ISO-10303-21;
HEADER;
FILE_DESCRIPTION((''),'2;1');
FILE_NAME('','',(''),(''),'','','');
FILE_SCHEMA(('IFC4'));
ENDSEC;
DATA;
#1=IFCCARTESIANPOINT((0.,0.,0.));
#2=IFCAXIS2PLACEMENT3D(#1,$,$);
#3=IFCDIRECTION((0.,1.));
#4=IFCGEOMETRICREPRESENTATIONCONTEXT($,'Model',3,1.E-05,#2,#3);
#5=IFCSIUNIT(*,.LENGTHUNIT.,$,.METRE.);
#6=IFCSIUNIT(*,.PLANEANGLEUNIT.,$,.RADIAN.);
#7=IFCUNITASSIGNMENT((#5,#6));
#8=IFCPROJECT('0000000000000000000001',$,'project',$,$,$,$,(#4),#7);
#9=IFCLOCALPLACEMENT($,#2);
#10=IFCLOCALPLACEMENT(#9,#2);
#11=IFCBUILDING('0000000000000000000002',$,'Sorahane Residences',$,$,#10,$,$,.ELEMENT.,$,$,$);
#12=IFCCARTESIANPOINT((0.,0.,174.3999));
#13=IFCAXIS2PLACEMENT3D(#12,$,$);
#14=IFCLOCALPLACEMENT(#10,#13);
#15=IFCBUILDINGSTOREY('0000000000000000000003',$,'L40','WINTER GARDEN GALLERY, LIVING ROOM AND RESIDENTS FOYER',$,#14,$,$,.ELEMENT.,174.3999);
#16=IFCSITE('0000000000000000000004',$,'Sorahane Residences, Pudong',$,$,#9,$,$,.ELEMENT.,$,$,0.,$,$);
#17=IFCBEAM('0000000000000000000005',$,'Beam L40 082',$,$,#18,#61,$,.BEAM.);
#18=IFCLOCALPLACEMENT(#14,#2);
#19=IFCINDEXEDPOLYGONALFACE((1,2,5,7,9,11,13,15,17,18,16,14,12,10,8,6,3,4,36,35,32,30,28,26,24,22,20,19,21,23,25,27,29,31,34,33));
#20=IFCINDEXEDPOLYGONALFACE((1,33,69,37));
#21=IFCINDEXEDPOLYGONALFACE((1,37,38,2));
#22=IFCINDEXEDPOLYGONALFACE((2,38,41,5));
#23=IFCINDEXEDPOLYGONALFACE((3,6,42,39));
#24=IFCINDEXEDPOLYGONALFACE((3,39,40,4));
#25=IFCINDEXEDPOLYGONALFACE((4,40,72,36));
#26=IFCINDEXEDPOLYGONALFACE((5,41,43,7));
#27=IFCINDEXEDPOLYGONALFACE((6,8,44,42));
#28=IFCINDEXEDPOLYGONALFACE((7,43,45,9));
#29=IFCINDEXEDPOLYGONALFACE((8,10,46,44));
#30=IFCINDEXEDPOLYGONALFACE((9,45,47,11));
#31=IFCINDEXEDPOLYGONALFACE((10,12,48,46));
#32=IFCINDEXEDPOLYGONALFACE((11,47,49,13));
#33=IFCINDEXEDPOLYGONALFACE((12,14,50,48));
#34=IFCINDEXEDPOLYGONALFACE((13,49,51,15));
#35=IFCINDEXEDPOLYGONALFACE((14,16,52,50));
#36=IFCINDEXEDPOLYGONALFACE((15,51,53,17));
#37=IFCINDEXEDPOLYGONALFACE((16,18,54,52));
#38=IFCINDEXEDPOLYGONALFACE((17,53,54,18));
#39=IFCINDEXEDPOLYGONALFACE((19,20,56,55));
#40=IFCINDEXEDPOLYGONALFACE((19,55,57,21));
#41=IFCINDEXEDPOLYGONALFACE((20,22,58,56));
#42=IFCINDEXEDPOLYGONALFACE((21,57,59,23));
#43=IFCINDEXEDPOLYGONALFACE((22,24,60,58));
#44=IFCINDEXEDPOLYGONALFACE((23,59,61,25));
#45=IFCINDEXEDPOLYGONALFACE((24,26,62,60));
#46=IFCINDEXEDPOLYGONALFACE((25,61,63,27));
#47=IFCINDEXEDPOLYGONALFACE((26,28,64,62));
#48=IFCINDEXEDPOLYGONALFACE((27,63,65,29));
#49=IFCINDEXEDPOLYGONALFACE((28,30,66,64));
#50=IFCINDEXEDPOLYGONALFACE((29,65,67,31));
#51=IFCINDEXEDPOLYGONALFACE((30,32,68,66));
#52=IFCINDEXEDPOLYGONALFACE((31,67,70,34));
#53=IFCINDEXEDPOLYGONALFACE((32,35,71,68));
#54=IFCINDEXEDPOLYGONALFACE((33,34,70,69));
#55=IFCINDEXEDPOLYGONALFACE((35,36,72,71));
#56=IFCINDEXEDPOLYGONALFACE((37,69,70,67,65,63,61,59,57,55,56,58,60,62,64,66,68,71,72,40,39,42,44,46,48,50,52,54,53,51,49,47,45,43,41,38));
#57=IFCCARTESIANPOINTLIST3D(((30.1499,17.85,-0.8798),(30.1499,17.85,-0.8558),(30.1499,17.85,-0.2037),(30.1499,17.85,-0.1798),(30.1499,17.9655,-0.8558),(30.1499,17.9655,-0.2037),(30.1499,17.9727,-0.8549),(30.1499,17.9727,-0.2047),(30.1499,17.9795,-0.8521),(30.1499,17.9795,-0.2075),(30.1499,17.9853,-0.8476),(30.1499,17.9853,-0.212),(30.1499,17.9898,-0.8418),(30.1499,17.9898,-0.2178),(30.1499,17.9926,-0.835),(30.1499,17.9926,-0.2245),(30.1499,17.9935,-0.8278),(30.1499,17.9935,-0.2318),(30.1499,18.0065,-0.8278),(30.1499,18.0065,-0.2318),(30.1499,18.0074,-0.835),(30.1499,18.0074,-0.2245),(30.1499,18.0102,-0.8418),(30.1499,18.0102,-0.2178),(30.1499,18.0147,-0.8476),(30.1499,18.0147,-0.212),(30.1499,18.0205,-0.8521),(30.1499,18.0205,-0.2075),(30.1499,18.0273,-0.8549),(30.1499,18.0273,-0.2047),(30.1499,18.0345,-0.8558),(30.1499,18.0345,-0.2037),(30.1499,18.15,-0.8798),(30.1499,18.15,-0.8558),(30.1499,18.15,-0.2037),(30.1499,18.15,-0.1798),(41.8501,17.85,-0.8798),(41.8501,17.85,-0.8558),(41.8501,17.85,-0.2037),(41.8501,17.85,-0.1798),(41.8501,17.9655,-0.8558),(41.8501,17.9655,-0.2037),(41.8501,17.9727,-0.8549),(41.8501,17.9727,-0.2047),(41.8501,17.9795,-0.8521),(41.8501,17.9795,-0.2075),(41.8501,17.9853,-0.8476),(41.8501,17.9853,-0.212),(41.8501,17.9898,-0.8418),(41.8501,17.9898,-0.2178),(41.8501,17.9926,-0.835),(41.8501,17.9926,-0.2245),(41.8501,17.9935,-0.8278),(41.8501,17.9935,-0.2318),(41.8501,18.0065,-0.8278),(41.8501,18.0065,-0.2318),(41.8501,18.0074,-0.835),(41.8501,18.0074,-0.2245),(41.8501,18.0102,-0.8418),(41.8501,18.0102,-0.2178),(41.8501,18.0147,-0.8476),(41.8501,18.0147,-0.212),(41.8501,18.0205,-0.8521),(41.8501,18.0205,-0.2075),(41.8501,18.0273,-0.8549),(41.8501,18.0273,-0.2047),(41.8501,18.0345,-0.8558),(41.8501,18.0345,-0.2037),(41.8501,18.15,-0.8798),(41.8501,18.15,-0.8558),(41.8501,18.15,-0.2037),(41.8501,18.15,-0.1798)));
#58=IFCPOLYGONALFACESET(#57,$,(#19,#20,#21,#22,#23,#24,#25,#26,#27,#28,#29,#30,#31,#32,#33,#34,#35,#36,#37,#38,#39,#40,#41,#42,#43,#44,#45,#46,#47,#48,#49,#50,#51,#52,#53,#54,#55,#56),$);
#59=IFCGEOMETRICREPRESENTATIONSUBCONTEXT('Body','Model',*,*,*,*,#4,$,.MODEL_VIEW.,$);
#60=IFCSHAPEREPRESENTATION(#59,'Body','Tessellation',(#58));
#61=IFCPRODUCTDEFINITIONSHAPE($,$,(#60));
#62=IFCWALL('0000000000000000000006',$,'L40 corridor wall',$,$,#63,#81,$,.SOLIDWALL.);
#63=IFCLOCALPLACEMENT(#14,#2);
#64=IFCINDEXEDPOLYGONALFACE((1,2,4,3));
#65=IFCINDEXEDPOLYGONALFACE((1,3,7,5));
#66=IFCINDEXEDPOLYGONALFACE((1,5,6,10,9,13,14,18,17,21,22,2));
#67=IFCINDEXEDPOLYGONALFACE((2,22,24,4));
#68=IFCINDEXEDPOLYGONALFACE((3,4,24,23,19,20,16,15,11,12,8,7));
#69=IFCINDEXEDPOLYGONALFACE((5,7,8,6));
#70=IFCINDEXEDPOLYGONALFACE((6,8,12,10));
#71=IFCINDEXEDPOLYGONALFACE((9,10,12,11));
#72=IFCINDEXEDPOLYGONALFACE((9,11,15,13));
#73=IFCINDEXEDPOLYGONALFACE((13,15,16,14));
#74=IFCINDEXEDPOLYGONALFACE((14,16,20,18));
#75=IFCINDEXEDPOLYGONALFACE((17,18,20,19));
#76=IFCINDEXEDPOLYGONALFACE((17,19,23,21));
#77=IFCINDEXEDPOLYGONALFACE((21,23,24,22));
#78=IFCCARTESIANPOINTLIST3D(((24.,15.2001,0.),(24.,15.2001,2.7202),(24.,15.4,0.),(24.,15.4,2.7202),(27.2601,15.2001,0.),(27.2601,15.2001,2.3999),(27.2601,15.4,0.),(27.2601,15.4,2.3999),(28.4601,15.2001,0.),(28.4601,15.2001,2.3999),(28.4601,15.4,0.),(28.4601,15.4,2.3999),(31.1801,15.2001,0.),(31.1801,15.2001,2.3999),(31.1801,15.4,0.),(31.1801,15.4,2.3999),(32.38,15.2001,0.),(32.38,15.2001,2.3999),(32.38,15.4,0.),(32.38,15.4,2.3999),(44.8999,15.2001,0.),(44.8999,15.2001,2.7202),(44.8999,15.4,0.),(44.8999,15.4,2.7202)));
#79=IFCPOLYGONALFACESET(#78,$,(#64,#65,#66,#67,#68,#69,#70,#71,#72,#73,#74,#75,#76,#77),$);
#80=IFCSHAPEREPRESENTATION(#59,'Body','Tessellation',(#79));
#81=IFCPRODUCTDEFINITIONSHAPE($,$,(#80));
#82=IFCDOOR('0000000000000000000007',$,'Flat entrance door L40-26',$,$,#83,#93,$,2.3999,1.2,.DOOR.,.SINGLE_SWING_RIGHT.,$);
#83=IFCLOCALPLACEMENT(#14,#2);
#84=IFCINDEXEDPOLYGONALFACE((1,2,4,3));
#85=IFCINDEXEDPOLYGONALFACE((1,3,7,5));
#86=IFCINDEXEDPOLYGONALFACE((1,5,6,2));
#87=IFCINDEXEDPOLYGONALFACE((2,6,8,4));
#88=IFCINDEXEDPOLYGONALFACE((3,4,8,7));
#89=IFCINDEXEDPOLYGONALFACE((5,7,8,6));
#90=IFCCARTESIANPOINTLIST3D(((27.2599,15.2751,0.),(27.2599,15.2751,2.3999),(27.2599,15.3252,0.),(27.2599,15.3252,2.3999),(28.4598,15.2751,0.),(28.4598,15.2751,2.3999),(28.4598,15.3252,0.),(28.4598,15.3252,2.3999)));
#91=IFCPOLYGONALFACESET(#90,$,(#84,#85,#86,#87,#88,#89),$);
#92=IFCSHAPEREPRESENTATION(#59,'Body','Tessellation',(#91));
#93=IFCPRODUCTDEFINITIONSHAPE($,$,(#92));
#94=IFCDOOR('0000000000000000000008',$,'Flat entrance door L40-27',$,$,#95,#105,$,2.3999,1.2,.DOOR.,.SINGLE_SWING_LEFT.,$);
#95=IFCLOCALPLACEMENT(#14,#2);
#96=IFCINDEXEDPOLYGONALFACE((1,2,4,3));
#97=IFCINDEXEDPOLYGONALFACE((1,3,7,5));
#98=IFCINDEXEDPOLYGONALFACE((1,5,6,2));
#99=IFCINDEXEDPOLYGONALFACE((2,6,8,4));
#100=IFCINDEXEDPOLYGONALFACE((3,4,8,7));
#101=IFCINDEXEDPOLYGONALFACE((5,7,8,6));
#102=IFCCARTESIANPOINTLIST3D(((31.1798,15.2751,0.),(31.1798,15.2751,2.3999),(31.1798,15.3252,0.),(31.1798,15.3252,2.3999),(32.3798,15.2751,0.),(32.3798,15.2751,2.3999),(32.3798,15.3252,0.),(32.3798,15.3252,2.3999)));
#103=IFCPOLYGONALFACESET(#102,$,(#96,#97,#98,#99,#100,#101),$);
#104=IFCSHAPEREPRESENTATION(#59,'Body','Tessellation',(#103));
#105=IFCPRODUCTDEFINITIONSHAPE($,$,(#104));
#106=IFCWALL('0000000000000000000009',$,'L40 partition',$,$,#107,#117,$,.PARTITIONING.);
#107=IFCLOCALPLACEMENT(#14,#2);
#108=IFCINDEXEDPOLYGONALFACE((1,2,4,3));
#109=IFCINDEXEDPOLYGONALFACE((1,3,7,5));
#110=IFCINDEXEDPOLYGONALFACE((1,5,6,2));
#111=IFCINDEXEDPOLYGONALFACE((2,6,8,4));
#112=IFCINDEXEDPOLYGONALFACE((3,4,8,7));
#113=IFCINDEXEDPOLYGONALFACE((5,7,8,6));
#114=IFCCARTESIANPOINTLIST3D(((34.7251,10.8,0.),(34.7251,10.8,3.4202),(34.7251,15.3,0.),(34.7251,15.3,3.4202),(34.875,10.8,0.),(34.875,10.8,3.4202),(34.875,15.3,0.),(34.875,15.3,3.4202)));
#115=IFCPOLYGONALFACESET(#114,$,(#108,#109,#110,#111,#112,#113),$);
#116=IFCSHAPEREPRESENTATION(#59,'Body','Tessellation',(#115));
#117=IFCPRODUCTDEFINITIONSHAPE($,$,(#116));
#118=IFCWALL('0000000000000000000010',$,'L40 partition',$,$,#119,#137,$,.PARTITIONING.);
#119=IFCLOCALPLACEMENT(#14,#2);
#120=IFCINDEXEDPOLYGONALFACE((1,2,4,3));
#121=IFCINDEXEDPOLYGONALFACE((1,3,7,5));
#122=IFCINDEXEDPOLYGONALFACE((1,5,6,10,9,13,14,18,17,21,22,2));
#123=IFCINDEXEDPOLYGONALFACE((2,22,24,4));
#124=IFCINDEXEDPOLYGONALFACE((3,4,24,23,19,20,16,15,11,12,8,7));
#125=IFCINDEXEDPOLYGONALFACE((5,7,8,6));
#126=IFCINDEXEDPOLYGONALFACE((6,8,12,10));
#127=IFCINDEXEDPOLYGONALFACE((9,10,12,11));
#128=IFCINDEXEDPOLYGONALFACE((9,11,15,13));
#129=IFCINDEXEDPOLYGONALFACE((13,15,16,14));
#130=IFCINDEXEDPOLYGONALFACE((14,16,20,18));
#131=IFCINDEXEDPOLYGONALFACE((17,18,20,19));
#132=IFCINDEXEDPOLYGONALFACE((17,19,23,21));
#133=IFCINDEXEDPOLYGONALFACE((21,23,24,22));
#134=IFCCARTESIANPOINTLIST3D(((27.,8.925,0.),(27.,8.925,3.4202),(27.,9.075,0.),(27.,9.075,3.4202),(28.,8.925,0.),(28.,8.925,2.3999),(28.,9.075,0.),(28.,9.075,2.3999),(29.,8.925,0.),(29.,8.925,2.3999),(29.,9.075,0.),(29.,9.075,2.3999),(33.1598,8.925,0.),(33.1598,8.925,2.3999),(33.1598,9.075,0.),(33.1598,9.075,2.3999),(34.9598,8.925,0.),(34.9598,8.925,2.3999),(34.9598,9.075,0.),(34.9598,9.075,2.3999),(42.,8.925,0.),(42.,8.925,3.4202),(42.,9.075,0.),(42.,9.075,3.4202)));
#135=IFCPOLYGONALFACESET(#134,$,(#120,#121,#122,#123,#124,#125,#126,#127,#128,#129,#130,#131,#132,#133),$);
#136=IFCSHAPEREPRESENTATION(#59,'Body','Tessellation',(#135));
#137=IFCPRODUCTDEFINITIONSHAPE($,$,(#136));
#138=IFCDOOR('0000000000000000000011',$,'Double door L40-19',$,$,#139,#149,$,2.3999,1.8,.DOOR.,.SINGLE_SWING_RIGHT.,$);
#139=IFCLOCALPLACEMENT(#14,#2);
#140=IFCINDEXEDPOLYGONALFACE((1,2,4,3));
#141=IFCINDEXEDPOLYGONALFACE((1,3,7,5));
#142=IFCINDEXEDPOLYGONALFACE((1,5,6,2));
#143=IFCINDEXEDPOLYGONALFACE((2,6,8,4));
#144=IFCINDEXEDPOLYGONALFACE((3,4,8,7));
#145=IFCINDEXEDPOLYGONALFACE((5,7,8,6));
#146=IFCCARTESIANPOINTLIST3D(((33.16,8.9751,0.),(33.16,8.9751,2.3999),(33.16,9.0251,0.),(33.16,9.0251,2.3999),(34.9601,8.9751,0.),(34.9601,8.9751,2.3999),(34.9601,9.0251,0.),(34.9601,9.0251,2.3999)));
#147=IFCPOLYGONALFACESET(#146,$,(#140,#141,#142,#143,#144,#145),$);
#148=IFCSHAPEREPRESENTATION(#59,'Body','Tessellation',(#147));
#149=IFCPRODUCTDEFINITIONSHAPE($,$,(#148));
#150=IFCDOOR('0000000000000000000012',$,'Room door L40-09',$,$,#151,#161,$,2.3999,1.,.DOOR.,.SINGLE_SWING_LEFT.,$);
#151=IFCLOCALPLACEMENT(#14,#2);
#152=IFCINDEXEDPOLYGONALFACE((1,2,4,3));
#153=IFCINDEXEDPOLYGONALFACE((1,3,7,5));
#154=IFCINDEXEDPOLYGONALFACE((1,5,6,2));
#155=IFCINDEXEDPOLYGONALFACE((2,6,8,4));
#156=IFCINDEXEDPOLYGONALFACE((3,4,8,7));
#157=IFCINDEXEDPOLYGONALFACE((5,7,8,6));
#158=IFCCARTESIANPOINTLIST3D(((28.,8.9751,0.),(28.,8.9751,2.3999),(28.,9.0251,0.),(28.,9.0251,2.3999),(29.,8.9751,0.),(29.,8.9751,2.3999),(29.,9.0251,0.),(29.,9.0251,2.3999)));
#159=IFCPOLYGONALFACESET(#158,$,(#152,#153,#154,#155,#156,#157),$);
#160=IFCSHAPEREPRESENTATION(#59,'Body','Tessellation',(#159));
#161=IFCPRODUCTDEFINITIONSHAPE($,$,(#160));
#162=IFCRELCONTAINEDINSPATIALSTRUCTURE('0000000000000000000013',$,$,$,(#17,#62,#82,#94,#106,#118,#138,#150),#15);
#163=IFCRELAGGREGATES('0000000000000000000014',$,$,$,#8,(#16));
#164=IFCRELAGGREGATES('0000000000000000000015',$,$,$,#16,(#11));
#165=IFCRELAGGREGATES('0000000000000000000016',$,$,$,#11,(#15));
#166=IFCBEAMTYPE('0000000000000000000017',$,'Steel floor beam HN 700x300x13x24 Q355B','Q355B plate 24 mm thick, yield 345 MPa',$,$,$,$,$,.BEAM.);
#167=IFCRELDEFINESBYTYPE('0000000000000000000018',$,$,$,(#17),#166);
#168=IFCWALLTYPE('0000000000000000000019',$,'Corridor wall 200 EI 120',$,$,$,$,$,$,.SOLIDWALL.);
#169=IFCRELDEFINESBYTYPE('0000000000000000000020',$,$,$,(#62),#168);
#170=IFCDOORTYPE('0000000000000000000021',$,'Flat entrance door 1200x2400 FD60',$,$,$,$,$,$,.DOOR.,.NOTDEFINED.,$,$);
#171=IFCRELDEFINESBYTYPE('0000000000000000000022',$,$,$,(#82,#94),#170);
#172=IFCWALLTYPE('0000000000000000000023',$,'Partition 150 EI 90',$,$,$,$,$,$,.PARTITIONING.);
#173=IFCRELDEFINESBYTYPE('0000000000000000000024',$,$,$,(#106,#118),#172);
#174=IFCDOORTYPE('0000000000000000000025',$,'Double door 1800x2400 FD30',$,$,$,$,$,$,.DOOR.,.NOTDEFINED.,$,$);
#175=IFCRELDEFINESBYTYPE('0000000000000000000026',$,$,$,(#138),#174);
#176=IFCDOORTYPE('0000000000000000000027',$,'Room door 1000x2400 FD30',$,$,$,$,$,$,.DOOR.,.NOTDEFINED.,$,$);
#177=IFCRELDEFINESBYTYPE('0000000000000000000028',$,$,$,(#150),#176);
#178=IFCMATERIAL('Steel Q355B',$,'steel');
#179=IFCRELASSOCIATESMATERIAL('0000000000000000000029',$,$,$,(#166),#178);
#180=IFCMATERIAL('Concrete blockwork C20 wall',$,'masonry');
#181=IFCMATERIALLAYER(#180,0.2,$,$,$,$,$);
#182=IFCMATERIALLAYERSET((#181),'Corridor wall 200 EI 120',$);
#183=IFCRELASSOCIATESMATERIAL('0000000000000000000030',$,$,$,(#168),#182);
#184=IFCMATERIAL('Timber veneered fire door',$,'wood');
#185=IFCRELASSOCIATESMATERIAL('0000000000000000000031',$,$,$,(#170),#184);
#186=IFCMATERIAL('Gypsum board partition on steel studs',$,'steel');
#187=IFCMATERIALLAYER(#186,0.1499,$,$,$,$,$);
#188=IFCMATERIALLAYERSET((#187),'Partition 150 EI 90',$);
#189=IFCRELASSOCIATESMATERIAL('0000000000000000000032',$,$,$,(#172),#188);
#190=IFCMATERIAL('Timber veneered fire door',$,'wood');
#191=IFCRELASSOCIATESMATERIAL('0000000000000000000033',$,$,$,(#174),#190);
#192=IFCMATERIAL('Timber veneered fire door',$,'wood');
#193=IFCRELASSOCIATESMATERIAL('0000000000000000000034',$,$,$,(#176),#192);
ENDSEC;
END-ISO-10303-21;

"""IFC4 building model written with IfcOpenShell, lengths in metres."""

from ifc_helpers import new_model, si_unit, direction, frame, frame_2d, origin, origin_2d, place, context, subcontext, project, spatial, rectangle, i_section, extrude, material, layer, layer_set, material_profile, profile_set, type_object, element, fill, save


model = new_model("IFC4")

# Units and contexts
model_context = context("Model", 3, precision=1e-05, world=origin(), true_north=direction((0.0, 1.0)))
body_context = subcontext(model_context, "Body", "Model", "MODEL_VIEW")
ifc_project = project(units=[si_unit("LENGTHUNIT", "METRE"), si_unit("PLANEANGLEUNIT", "RADIAN")], contexts=[model_context])

# Site, building, storey
site_placement = place(None, origin())
site = spatial("IfcSite", under=ifc_project, at=site_placement, Name="Sorahane Residences, Pudong", CompositionType="ELEMENT", RefElevation=0.0)
building_placement = place(site_placement, origin())
building = spatial("IfcBuilding", under=site, at=building_placement, Name="Sorahane Residences", CompositionType="ELEMENT")
storey_placement = place(building_placement, frame((0.0, 0.0, 174.3999)))
storey = spatial("IfcBuildingStorey", under=building, at=storey_placement, Name="L40", Description="WINTER GARDEN GALLERY, LIVING ROOM AND RESIDENTS FOYER", CompositionType="ELEMENT", Elevation=174.3999)

# Beam
ifc_material_1 = material(Name="Steel Q355B", Category="steel")
ifc_material_profile_1 = material_profile(ifc_material_1, i_section(OverallWidth=0.3, OverallDepth=0.7, WebThickness=0.0129, FlangeThickness=0.0239, FilletRadius=0.0281, at=origin_2d()), Name="HN 700x300x13x24")
ifc_profile_set_1 = profile_set([ifc_material_profile_1], Name="Steel Q355B")
beam_type_1 = type_object("IfcBeamType", Name="Steel floor beam HN 700x300x13x24 Q355B", Description="Q355B plate 24 mm thick, yield 345 MPa", PredefinedType="BEAM", material=ifc_profile_set_1)
beam_1_placement = place(storey_placement, frame((30.1499, 18.0, -0.5298), z_axis=(1.0, 0.0, 0.0), x_axis=(0.0, 1.0, 0.0)))
element("IfcBeam", 1, at=beam_1_placement, inside=storey, type_object=beam_type_1, Name="Beam L40 082", PredefinedType="BEAM", context=body_context, shape_type="SweptSolid", body=[
    extrude(i_section(OverallWidth=0.3, OverallDepth=0.7, WebThickness=0.0129, FlangeThickness=0.0239, FilletRadius=0.0281, at=origin_2d()), origin(), (0.0, 0.0, 1.0), 11.7002),
])

# Wall, openings, doors
ifc_material_2 = material(Name="Concrete blockwork C20 wall", Category="masonry")
ifc_layer_1 = layer(ifc_material_2, 0.2)
ifc_layer_set_1 = layer_set([ifc_layer_1], Name="Corridor wall 200 EI 120")
wall_type_1 = type_object("IfcWallType", Name="Corridor wall 200 EI 120", PredefinedType="SOLIDWALL", material=ifc_layer_set_1)
wall_1_placement = place(storey_placement, frame((24.0, 15.3, 0.0), z_axis=(0.0, 0.0, 1.0), x_axis=(1.0, 0.0, 0.0)))
wall_1 = element("IfcWall", 2, at=wall_1_placement, inside=storey, type_object=wall_type_1, Name="L40 corridor wall", PredefinedType="SOLIDWALL", context=body_context, shape_type="SweptSolid", body=[
    extrude(rectangle(XDim=20.8999, YDim=0.2, at=frame_2d((10.45, 0.0))), origin(), (0.0, 0.0, 1.0), 2.7202),
])
opening_1_placement = place(wall_1_placement, frame((3.26, 0.0, 0.0)))
opening_1 = element("IfcOpeningElement", 3, at=opening_1_placement, cuts=wall_1, PredefinedType="OPENING", context=body_context, shape_type="SweptSolid", body=[
    extrude(rectangle(XDim=1.2, YDim=2.3999, at=frame_2d((0.6001, 1.2))), frame((0.0, 0.1099, 0.0), z_axis=(0.0, -1.0, 0.0), x_axis=(1.0, 0.0, 0.0)), (0.0, 0.0, 1.0), 0.22),
])
opening_2_placement = place(wall_1_placement, frame((7.1799, 0.0, 0.0)))
opening_2 = element("IfcOpeningElement", 4, at=opening_2_placement, cuts=wall_1, PredefinedType="OPENING", context=body_context, shape_type="SweptSolid", body=[
    extrude(rectangle(XDim=1.2, YDim=2.3999, at=frame_2d((0.6001, 1.2))), frame((0.0, 0.1099, 0.0), z_axis=(0.0, -1.0, 0.0), x_axis=(1.0, 0.0, 0.0)), (0.0, 0.0, 1.0), 0.22),
])
ifc_material_3 = material(Name="Timber veneered fire door", Category="wood")
door_type_1 = type_object("IfcDoorType", Name="Flat entrance door 1200x2400 FD60", OperationType="NOTDEFINED", PredefinedType="DOOR", material=ifc_material_3)
door_1_placement = place(opening_1_placement, frame((1.2, 0.0, 0.0), z_axis=(0.0, 0.0, 1.0), x_axis=(-1.0, 0.0, 0.0)))
door_1 = element("IfcDoor", 5, at=door_1_placement, inside=storey, type_object=door_type_1, Name="Flat entrance door L40-26", OperationType="SINGLE_SWING_RIGHT", OverallHeight=2.3999, OverallWidth=1.2, PredefinedType="DOOR", context=body_context, shape_type="SweptSolid", body=[
    extrude(rectangle(XDim=1.2, YDim=2.3999, at=frame_2d((0.6001, 1.2))), frame((0.0, 0.0249, 0.0), z_axis=(0.0, -1.0, 0.0), x_axis=(1.0, 0.0, 0.0)), (0.0, 0.0, 1.0), 0.05),
])
fill(opening_1, door_1)
door_2_placement = place(opening_2_placement, frame((1.2, 0.0, 0.0), z_axis=(0.0, 0.0, 1.0), x_axis=(-1.0, 0.0, 0.0)))
door_2 = element("IfcDoor", 6, at=door_2_placement, inside=storey, type_object=door_type_1, Name="Flat entrance door L40-27", OperationType="SINGLE_SWING_LEFT", OverallHeight=2.3999, OverallWidth=1.2, PredefinedType="DOOR", context=body_context, shape_type="SweptSolid", body=[
    extrude(rectangle(XDim=1.2, YDim=2.3999, at=frame_2d((0.6001, 1.2))), frame((0.0, 0.0249, 0.0), z_axis=(0.0, -1.0, 0.0), x_axis=(1.0, 0.0, 0.0)), (0.0, 0.0, 1.0), 0.05),
])
fill(opening_2, door_2)

# Wall
ifc_material_4 = material(Name="Gypsum board partition on steel studs", Category="steel")
ifc_layer_2 = layer(ifc_material_4, 0.1499)
ifc_layer_set_2 = layer_set([ifc_layer_2], Name="Partition 150 EI 90")
wall_type_2 = type_object("IfcWallType", Name="Partition 150 EI 90", PredefinedType="PARTITIONING", material=ifc_layer_set_2)
wall_2_placement = place(storey_placement, frame((34.8, 10.8, 0.0), z_axis=(0.0, 0.0, 1.0), x_axis=(0.0, 1.0, 0.0)))
element("IfcWall", 7, at=wall_2_placement, inside=storey, type_object=wall_type_2, Name="L40 partition", PredefinedType="PARTITIONING", context=body_context, shape_type="SweptSolid", body=[
    extrude(rectangle(XDim=4.5, YDim=0.1499, at=frame_2d((2.25, 0.0))), origin(), (0.0, 0.0, 1.0), 3.4202),
])

# Wall, openings, doors
wall_3_placement = place(storey_placement, frame((27.0, 9.0, 0.0), z_axis=(0.0, 0.0, 1.0), x_axis=(1.0, 0.0, 0.0)))
wall_3 = element("IfcWall", 8, at=wall_3_placement, inside=storey, type_object=wall_type_2, Name="L40 partition", PredefinedType="PARTITIONING", context=body_context, shape_type="SweptSolid", body=[
    extrude(rectangle(XDim=15.0, YDim=0.1499, at=frame_2d((7.5, 0.0))), origin(), (0.0, 0.0, 1.0), 3.4202),
])
opening_3_placement = place(wall_3_placement, frame((1.0, 0.0, 0.0)))
opening_3 = element("IfcOpeningElement", 9, at=opening_3_placement, cuts=wall_3, PredefinedType="OPENING", context=body_context, shape_type="SweptSolid", body=[
    extrude(rectangle(XDim=1.0, YDim=2.3999, at=frame_2d((0.5, 1.2))), frame((0.0, 0.085, 0.0), z_axis=(0.0, -1.0, 0.0), x_axis=(1.0, 0.0, 0.0)), (0.0, 0.0, 1.0), 0.1699),
])
opening_4_placement = place(wall_3_placement, frame((6.1599, 0.0, 0.0)))
opening_4 = element("IfcOpeningElement", 10, at=opening_4_placement, cuts=wall_3, PredefinedType="OPENING", context=body_context, shape_type="SweptSolid", body=[
    extrude(rectangle(XDim=1.8, YDim=2.3999, at=frame_2d((0.8999, 1.2))), frame((0.0, 0.085, 0.0), z_axis=(0.0, -1.0, 0.0), x_axis=(1.0, 0.0, 0.0)), (0.0, 0.0, 1.0), 0.1699),
])
ifc_material_5 = material(Name="Timber veneered fire door", Category="wood")
door_type_2 = type_object("IfcDoorType", Name="Double door 1800x2400 FD30", OperationType="NOTDEFINED", PredefinedType="DOOR", material=ifc_material_5)
door_3_placement = place(opening_4_placement, frame((1.8, 0.0, 0.0), z_axis=(0.0, 0.0, 1.0), x_axis=(-1.0, 0.0, 0.0)))
door_3 = element("IfcDoor", 11, at=door_3_placement, inside=storey, type_object=door_type_2, Name="Double door L40-19", OperationType="SINGLE_SWING_RIGHT", OverallHeight=2.3999, OverallWidth=1.8, PredefinedType="DOOR", context=body_context, shape_type="SweptSolid", body=[
    extrude(rectangle(XDim=1.8, YDim=2.3999, at=frame_2d((0.8999, 1.2))), frame((0.0, 0.0249, 0.0), z_axis=(0.0, -1.0, 0.0), x_axis=(1.0, 0.0, 0.0)), (0.0, 0.0, 1.0), 0.05),
])
fill(opening_4, door_3)
ifc_material_6 = material(Name="Timber veneered fire door", Category="wood")
door_type_3 = type_object("IfcDoorType", Name="Room door 1000x2400 FD30", OperationType="NOTDEFINED", PredefinedType="DOOR", material=ifc_material_6)
door_4_placement = place(opening_3_placement, frame((1.0, 0.0, 0.0), z_axis=(0.0, 0.0, 1.0), x_axis=(-1.0, 0.0, 0.0)))
door_4 = element("IfcDoor", 12, at=door_4_placement, inside=storey, type_object=door_type_3, Name="Room door L40-09", OperationType="SINGLE_SWING_LEFT", OverallHeight=2.3999, OverallWidth=1.0, PredefinedType="DOOR", context=body_context, shape_type="SweptSolid", body=[
    extrude(rectangle(XDim=1.0, YDim=2.3999, at=frame_2d((0.5, 1.2))), frame((0.0, 0.0249, 0.0), z_axis=(0.0, -1.0, 0.0), x_axis=(1.0, 0.0, 0.0)), (0.0, 0.0, 1.0), 0.05),
])
fill(opening_3, door_4)

save(model, "model.ifc")
